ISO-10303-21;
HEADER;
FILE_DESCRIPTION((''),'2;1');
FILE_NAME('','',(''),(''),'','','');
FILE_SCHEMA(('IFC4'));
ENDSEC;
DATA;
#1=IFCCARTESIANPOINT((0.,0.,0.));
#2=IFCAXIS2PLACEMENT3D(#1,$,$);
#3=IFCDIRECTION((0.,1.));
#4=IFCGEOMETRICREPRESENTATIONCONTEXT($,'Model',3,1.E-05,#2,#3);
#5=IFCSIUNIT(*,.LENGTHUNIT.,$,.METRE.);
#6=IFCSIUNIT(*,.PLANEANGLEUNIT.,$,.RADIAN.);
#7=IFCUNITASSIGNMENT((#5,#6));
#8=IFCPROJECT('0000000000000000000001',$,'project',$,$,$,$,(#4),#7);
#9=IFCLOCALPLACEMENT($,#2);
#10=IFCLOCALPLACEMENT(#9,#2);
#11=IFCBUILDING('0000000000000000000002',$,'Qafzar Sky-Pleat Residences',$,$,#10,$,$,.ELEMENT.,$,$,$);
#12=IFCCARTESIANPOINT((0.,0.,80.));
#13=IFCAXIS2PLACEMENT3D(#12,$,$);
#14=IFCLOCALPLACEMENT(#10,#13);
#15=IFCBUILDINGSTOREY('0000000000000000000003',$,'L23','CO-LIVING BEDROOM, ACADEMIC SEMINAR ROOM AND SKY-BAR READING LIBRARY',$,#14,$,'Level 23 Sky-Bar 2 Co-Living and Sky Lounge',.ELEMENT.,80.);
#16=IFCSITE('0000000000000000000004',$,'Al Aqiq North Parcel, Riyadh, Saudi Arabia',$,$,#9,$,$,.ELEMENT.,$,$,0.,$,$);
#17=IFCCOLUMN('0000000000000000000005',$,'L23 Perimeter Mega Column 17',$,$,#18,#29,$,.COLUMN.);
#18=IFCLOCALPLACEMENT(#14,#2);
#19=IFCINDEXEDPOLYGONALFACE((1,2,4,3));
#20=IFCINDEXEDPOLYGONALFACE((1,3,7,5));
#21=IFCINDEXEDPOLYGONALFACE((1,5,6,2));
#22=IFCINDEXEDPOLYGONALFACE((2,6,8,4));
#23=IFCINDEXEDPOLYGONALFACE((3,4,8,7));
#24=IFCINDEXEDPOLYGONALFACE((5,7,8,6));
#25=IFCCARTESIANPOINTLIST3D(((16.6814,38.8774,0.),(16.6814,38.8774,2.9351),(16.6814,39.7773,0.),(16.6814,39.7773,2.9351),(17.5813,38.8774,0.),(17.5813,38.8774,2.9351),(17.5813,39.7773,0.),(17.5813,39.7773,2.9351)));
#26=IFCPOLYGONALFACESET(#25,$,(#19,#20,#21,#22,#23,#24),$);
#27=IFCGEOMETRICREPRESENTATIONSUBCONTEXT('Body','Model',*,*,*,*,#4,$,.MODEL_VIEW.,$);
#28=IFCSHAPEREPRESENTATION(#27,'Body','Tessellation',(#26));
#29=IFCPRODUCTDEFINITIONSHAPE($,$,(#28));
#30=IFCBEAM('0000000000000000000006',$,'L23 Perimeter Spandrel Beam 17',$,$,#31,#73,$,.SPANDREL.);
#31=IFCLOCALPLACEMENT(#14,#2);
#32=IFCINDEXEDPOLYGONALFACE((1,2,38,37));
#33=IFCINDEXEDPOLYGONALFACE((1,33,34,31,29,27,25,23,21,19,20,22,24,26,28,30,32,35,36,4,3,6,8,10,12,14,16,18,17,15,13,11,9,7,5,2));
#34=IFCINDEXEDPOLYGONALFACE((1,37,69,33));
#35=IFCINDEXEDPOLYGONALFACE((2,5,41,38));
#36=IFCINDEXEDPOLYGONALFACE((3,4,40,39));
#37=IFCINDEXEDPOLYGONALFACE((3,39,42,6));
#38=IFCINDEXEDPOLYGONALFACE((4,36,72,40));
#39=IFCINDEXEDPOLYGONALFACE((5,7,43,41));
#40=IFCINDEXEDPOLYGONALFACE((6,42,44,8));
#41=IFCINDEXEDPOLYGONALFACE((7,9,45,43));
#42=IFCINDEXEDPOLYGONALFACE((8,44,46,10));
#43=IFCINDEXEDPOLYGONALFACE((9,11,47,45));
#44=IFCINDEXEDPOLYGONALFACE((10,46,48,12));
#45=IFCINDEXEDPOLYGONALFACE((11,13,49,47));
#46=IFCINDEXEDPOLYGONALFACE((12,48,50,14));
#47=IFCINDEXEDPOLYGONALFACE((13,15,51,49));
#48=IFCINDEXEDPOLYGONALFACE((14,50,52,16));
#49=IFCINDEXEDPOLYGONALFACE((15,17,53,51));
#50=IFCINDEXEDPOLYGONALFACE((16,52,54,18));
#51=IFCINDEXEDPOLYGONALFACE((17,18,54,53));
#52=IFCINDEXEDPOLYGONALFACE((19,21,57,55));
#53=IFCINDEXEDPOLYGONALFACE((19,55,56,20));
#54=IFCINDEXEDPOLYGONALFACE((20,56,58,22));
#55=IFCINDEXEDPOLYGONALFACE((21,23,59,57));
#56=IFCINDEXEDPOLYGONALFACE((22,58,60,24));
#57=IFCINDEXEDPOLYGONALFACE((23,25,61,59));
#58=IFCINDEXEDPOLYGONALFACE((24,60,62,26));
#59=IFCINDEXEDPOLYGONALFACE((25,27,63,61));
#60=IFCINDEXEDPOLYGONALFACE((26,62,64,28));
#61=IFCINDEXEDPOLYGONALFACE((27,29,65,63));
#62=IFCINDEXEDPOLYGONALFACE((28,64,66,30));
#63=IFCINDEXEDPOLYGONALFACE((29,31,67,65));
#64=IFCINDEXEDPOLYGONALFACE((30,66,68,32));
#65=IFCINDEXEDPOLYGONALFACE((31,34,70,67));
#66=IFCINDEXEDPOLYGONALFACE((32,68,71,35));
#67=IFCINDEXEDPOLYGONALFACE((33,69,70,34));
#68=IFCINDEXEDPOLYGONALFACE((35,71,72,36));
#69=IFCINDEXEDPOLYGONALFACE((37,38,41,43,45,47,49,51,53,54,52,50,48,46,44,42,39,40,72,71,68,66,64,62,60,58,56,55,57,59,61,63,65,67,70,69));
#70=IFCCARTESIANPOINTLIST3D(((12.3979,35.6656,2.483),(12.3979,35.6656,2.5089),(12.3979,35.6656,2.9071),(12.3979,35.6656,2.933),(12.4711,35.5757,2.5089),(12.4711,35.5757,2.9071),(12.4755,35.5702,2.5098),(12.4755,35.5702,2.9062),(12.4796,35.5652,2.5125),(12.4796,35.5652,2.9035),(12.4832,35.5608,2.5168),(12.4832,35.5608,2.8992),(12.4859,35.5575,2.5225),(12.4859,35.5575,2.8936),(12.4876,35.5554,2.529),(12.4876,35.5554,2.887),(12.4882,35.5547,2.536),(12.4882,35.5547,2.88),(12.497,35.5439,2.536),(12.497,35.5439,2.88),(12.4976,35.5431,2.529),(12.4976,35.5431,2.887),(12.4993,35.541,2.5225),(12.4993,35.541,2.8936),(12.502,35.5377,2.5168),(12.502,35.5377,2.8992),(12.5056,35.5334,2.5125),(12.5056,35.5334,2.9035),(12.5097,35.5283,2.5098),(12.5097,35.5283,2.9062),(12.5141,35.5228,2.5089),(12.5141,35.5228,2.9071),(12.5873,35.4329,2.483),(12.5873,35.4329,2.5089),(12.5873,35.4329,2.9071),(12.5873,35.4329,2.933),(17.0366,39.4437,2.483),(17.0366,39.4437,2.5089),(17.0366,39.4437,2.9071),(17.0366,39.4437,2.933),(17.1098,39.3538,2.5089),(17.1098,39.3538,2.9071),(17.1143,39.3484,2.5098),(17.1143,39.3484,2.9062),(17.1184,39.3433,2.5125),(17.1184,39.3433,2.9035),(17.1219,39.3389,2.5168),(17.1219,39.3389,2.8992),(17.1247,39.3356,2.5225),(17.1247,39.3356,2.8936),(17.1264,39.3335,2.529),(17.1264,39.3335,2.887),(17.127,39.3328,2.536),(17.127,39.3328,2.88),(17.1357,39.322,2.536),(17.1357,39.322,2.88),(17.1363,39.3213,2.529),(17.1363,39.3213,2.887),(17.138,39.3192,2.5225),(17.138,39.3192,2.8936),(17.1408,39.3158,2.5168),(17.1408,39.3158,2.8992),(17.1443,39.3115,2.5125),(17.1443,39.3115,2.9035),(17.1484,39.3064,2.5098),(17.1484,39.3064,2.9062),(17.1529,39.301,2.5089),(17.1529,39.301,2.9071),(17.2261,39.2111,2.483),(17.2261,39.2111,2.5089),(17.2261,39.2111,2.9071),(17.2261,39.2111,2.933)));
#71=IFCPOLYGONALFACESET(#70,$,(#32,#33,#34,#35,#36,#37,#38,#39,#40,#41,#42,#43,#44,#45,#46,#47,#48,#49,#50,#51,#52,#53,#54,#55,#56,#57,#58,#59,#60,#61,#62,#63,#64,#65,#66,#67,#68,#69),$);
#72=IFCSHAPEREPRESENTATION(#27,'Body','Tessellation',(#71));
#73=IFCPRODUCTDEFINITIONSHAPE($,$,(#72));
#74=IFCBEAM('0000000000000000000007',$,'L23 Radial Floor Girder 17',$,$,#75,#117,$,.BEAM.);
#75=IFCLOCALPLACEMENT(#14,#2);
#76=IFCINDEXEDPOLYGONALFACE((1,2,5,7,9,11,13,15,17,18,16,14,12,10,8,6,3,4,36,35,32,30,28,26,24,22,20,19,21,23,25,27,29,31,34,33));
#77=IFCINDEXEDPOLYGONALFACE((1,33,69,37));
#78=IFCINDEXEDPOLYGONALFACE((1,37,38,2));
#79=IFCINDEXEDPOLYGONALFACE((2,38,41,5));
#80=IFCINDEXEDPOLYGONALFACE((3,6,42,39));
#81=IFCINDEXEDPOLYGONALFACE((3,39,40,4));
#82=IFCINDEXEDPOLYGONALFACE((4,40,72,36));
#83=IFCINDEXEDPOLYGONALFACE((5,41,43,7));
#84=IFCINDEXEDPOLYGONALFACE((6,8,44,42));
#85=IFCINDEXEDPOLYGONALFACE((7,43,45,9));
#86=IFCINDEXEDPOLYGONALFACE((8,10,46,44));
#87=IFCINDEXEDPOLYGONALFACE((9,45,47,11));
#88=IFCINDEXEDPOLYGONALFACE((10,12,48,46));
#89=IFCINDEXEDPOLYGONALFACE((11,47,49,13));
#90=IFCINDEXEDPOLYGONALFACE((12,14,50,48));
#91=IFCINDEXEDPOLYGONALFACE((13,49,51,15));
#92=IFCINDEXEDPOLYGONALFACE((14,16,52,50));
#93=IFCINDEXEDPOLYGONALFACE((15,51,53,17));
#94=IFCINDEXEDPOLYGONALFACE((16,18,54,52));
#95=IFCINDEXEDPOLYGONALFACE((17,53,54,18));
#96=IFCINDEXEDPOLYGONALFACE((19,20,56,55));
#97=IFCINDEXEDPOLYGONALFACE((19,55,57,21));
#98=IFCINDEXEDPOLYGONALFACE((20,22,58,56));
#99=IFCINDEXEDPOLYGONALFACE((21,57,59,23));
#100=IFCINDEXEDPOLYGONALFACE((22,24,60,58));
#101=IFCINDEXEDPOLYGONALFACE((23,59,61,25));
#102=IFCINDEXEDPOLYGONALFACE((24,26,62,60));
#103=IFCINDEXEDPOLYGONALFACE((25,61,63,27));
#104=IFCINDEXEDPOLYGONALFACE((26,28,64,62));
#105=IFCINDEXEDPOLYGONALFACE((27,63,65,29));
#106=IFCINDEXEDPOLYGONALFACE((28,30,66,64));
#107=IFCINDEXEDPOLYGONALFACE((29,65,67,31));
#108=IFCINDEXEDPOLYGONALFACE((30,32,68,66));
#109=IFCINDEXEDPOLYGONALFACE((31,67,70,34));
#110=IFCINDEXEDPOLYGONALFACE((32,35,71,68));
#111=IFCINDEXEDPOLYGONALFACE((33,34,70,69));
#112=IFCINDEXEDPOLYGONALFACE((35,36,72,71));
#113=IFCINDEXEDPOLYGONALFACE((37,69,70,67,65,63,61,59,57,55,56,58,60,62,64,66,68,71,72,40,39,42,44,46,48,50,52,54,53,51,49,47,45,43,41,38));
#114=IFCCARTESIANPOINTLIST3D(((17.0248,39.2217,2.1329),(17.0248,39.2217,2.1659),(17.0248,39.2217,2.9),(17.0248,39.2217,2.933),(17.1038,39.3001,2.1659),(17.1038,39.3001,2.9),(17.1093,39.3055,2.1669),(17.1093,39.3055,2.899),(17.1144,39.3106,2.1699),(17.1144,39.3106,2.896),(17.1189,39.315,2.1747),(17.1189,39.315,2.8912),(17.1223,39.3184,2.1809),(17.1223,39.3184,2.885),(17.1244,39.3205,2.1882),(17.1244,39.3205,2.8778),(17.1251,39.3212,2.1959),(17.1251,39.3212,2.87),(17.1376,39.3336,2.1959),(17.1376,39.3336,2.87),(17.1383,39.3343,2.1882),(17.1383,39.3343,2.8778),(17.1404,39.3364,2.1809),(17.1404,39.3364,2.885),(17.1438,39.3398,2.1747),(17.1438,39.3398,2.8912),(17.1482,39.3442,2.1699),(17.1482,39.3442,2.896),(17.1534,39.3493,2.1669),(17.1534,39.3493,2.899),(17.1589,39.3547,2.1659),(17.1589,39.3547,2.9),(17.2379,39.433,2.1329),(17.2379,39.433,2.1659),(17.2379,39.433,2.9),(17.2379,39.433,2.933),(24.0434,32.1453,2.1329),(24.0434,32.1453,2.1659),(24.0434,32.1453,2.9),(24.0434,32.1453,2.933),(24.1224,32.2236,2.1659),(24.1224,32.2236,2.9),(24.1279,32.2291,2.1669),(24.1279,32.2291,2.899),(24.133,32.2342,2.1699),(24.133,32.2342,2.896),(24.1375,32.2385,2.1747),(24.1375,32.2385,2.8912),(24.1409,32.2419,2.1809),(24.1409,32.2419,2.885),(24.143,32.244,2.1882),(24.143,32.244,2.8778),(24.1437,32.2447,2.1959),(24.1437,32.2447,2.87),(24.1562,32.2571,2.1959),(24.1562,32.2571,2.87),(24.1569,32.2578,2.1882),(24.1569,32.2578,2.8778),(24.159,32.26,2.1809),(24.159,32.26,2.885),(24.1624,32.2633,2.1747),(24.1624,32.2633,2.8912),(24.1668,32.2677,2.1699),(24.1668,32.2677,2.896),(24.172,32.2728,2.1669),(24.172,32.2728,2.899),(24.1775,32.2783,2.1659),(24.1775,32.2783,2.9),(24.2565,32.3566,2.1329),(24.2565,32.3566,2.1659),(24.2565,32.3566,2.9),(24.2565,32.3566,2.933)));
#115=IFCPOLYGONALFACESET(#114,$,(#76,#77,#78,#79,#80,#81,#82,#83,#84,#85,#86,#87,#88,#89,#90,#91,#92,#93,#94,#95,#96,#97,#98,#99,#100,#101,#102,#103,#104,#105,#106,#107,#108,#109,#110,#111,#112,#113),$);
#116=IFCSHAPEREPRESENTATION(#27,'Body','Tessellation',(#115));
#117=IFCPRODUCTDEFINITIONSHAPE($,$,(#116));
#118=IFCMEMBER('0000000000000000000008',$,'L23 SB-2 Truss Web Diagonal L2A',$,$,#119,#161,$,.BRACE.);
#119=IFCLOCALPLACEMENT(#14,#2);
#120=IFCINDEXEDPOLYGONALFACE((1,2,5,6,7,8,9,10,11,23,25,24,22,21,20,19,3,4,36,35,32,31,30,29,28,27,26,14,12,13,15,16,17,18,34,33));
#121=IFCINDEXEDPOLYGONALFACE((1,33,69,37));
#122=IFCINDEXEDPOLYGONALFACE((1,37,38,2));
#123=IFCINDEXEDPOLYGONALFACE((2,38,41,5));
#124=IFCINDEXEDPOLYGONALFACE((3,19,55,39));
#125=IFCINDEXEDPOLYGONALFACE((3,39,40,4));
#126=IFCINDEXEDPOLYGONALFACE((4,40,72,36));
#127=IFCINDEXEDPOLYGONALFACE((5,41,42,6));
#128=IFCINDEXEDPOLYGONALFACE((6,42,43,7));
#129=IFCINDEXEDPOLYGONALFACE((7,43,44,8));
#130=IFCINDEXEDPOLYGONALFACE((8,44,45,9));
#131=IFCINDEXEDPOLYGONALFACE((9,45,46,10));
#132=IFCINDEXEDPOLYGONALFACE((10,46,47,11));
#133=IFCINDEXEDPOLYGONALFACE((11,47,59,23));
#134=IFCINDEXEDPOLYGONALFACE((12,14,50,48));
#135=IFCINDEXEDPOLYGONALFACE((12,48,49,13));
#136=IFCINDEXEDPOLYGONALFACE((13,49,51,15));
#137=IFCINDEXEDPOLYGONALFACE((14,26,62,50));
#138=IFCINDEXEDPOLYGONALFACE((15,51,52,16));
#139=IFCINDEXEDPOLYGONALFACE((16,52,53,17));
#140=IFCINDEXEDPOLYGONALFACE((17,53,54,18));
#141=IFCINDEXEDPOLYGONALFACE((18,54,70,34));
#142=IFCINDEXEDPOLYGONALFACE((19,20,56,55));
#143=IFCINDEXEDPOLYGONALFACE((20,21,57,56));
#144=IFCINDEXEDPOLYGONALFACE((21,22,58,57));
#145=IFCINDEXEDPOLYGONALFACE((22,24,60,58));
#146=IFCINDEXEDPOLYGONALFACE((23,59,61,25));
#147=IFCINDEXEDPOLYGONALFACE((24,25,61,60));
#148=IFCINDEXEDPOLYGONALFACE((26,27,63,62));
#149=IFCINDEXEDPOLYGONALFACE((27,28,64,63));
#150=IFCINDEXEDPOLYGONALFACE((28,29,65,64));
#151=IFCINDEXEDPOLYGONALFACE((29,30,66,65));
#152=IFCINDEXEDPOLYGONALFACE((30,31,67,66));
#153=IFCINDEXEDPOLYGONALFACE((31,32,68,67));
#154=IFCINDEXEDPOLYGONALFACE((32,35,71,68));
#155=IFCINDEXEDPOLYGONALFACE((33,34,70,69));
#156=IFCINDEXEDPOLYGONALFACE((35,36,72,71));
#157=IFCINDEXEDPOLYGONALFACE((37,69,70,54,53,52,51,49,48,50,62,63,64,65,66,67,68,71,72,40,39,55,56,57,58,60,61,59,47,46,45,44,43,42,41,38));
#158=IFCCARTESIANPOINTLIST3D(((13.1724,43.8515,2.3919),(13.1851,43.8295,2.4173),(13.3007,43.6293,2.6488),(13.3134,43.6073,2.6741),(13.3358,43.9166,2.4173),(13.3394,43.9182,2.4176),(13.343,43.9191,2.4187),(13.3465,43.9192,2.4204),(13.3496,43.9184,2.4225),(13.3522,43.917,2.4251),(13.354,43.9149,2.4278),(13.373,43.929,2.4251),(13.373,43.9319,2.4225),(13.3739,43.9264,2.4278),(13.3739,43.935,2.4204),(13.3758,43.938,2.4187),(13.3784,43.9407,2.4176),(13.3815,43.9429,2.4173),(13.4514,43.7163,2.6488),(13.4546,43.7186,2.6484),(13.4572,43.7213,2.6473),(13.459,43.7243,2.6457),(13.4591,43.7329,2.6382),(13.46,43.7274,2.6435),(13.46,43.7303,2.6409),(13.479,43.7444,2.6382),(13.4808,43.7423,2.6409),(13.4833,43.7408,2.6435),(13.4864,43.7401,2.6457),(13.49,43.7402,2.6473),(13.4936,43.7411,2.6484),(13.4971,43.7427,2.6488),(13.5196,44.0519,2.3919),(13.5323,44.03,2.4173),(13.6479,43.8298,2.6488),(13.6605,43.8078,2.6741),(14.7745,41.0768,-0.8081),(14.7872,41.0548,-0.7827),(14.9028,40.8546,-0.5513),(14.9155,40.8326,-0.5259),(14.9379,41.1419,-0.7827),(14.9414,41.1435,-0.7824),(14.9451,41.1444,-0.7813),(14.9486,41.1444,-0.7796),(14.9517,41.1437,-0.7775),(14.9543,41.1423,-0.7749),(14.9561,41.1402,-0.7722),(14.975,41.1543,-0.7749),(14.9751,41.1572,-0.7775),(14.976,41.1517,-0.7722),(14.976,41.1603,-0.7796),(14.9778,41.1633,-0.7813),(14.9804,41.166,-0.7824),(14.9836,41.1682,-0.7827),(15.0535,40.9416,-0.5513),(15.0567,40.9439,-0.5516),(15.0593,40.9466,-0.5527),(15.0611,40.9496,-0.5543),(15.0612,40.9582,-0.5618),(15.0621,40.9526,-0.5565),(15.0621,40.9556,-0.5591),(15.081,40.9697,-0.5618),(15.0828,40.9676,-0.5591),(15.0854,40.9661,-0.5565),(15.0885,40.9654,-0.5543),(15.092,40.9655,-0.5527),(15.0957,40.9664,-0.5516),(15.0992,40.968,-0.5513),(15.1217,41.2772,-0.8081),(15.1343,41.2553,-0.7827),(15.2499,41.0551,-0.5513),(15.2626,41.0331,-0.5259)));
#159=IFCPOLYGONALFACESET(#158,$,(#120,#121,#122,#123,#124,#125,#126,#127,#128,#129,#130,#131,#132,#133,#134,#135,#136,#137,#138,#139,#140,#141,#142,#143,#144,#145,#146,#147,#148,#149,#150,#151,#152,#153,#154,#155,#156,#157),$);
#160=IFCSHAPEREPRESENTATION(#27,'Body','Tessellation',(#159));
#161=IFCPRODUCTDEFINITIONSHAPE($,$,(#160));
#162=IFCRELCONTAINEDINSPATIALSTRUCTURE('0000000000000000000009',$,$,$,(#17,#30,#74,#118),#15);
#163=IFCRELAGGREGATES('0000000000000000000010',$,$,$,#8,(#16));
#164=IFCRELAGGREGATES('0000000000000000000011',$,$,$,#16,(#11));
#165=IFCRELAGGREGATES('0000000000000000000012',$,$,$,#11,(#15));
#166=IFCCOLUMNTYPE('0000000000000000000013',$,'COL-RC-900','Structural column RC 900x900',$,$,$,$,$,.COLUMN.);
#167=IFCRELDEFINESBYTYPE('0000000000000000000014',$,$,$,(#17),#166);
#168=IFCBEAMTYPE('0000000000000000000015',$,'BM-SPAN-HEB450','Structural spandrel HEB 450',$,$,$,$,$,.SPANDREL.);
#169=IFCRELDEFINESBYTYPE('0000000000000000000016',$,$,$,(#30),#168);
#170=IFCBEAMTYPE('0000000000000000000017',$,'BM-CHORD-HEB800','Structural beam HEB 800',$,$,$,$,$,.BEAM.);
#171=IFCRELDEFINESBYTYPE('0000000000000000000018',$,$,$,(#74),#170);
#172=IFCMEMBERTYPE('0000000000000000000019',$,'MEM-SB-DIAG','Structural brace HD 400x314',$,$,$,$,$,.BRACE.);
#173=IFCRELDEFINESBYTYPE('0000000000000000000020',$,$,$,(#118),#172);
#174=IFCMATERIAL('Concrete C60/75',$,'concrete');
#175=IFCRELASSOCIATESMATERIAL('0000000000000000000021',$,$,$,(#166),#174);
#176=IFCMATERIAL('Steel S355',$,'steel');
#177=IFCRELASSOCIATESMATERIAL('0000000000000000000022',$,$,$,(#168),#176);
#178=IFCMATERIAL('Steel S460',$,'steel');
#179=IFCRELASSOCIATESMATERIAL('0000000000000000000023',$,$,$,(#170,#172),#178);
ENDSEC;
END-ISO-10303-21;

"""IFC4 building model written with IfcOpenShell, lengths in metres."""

from ifc_helpers import new_model, si_unit, direction, frame, origin, origin_2d, place, context, subcontext, project, spatial, rectangle, i_section, extrude, source, transform, mapped, material, material_profile, profile_set, type_object, element, save


model = new_model("IFC4")

# Units and contexts
model_context = context("Model", 3, precision=1e-05, world=origin(), true_north=direction((0.0, 1.0)))
body_context = subcontext(model_context, "Body", "Model", "MODEL_VIEW")
ifc_project = project(units=[si_unit("LENGTHUNIT", "METRE"), si_unit("PLANEANGLEUNIT", "RADIAN")], contexts=[model_context])

# Site, building, storey
site_placement = place(None, origin())
site = spatial("IfcSite", under=ifc_project, at=site_placement, Name="Al Aqiq North Parcel, Riyadh, Saudi Arabia", CompositionType="ELEMENT", RefElevation=0.0)
building_placement = place(site_placement, origin())
building = spatial("IfcBuilding", under=site, at=building_placement, Name="Qafzar Sky-Pleat Residences", CompositionType="ELEMENT")
storey_placement = place(building_placement, frame((0.0, 0.0, 80.0)))
storey = spatial("IfcBuildingStorey", under=building, at=storey_placement, Name="L23", Description="CO-LIVING BEDROOM, ACADEMIC SEMINAR ROOM AND SKY-BAR READING LIBRARY", LongName="Level 23 Sky-Bar 2 Co-Living and Sky Lounge", CompositionType="ELEMENT", Elevation=80.0)

# Column
ifc_material_1 = material(Name="Concrete C60/75", Category="concrete")
ifc_material_profile_1 = material_profile(ifc_material_1, rectangle(XDim=0.8999, YDim=0.8999, at=origin_2d()), Name="RC 900x900")
ifc_profile_set_1 = profile_set([ifc_material_profile_1], Name="Concrete C60/75")
column_type = type_object("IfcColumnType", Name="COL-RC-900", Description="Structural column RC 900x900", PredefinedType="COLUMN", material=ifc_profile_set_1)
shared_shape_1 = source(origin(), body_context, "Body", "SweptSolid", [
    extrude(rectangle(XDim=0.8999, YDim=0.8999, at=origin_2d()), origin(), (0.0, 0.0, 1.0), 2.9351),
])
column_placement = place(storey_placement, frame((17.1313, 39.3274, 0.0), z_axis=(0.0, 0.0, 1.0), x_axis=(1.0, 0.0, 0.0)))
element("IfcColumn", 1, at=column_placement, inside=storey, type_object=column_type, Name="L23 Perimeter Mega Column 17", PredefinedType="COLUMN", context=body_context, shape_type="MappedRepresentation", body=[
    mapped(shared_shape_1, transform((0.0, 0.0, 0.0), x_axis=(1.0, 0.0, 0.0), y_axis=(0.0, 1.0, 0.0), z_axis=(0.0, 0.0, 1.0), scale=1.0)),
])

# Beams
ifc_material_2 = material(Name="Steel S355", Category="steel")
ifc_material_profile_2 = material_profile(ifc_material_2, i_section(OverallWidth=0.3, OverallDepth=0.45, WebThickness=0.0139, FlangeThickness=0.0259, FilletRadius=0.0271, at=origin_2d()), Name="HEB 450")
ifc_profile_set_2 = profile_set([ifc_material_profile_2], Name="Steel S355")
beam_type_1 = type_object("IfcBeamType", Name="BM-SPAN-HEB450", Description="Structural spandrel HEB 450", PredefinedType="SPANDREL", material=ifc_profile_set_2)
shared_shape_2 = source(origin(), body_context, "Body", "SweptSolid", [
    extrude(i_section(OverallWidth=0.3, OverallDepth=0.45, WebThickness=0.0139, FlangeThickness=0.0259, FilletRadius=0.0271, at=origin_2d()), origin(), (0.0, 0.0, 1.0), 5.9827),
])
beam_1_placement = place(storey_placement, frame((17.1313, 39.3274, 2.708), z_axis=(-0.775364, -0.631514, 0.0), x_axis=(0.631514, -0.775364, 0.0)))
element("IfcBeam", 2, at=beam_1_placement, inside=storey, type_object=beam_type_1, Name="L23 Perimeter Spandrel Beam 17", PredefinedType="SPANDREL", context=body_context, shape_type="MappedRepresentation", body=[
    mapped(shared_shape_2, transform((0.0, 0.0, 0.0), x_axis=(1.0, 0.0, 0.0), y_axis=(0.0, 1.0, 0.0), z_axis=(0.0, 0.0, 1.0), scale=1.0)),
])
ifc_material_3 = material(Name="Steel S460", Category="steel")
ifc_material_profile_3 = material_profile(ifc_material_3, i_section(OverallWidth=0.3, OverallDepth=0.8, WebThickness=0.0176, FlangeThickness=0.033, FilletRadius=0.03, at=origin_2d()), Name="HEB 800")
ifc_profile_set_3 = profile_set([ifc_material_profile_3], Name="Steel S460")
beam_type_2 = type_object("IfcBeamType", Name="BM-CHORD-HEB800", Description="Structural beam HEB 800", PredefinedType="BEAM", material=ifc_profile_set_3)
shared_shape_3 = source(origin(), body_context, "Body", "SweptSolid", [
    extrude(i_section(OverallWidth=0.3, OverallDepth=0.8, WebThickness=0.0176, FlangeThickness=0.033, FilletRadius=0.03, at=origin_2d()), origin(), (0.0, 0.0, 1.0), 9.9668),
])
beam_2_placement = place(storey_placement, frame((17.1313, 39.3274, 2.533), z_axis=(0.704198, -0.710004, 0.0), x_axis=(0.710004, 0.704198, 0.0)))
element("IfcBeam", 3, at=beam_2_placement, inside=storey, type_object=beam_type_2, Name="L23 Radial Floor Girder 17", PredefinedType="BEAM", context=body_context, shape_type="MappedRepresentation", body=[
    mapped(shared_shape_3, transform((0.0, 0.0, 0.0), x_axis=(1.0, 0.0, 0.0), y_axis=(0.0, 1.0, 0.0), z_axis=(0.0, 0.0, 1.0), scale=1.0)),
])

# Member
ifc_material_profile_4 = material_profile(ifc_material_3, i_section(OverallWidth=0.4009, OverallDepth=0.3989, WebThickness=0.0229, FlangeThickness=0.0359, FilletRadius=0.0149, at=origin_2d()), Name="HD 400x314")
ifc_profile_set_4 = profile_set([ifc_material_profile_4], Name="Steel S460")
member_type = type_object("IfcMemberType", Name="MEM-SB-DIAG", Description="Structural brace HD 400x314", PredefinedType="BRACE", material=ifc_profile_set_4)
shared_shape_4 = source(origin(), body_context, "Body", "SweptSolid", [
    extrude(i_section(OverallWidth=0.4009, OverallDepth=0.3989, WebThickness=0.0229, FlangeThickness=0.0359, FilletRadius=0.0149, at=origin_2d()), origin(), (0.0, 0.0, 1.0), 4.5283),
])
for number, where, z_axis, x_axis, name in (
    (4, (15.0186, 41.0549, -0.667), (-0.353791, 0.612745, 0.706665), (-0.866012, -0.500024, 0.0), "L23 SB-2 Truss Web Diagonal L2A"),
):
    element("IfcMember", number, at=place(storey_placement, frame(where, z_axis=z_axis, x_axis=x_axis)), inside=storey, type_object=member_type, Name=name, PredefinedType="BRACE", context=body_context, shape_type="MappedRepresentation", body=[
        mapped(shared_shape_4, transform((0.0, 0.0, 0.0), x_axis=(1.0, 0.0, 0.0), y_axis=(0.0, 1.0, 0.0), z_axis=(0.0, 0.0, 1.0), scale=1.0)),
    ])

save(model, "model.ifc")
